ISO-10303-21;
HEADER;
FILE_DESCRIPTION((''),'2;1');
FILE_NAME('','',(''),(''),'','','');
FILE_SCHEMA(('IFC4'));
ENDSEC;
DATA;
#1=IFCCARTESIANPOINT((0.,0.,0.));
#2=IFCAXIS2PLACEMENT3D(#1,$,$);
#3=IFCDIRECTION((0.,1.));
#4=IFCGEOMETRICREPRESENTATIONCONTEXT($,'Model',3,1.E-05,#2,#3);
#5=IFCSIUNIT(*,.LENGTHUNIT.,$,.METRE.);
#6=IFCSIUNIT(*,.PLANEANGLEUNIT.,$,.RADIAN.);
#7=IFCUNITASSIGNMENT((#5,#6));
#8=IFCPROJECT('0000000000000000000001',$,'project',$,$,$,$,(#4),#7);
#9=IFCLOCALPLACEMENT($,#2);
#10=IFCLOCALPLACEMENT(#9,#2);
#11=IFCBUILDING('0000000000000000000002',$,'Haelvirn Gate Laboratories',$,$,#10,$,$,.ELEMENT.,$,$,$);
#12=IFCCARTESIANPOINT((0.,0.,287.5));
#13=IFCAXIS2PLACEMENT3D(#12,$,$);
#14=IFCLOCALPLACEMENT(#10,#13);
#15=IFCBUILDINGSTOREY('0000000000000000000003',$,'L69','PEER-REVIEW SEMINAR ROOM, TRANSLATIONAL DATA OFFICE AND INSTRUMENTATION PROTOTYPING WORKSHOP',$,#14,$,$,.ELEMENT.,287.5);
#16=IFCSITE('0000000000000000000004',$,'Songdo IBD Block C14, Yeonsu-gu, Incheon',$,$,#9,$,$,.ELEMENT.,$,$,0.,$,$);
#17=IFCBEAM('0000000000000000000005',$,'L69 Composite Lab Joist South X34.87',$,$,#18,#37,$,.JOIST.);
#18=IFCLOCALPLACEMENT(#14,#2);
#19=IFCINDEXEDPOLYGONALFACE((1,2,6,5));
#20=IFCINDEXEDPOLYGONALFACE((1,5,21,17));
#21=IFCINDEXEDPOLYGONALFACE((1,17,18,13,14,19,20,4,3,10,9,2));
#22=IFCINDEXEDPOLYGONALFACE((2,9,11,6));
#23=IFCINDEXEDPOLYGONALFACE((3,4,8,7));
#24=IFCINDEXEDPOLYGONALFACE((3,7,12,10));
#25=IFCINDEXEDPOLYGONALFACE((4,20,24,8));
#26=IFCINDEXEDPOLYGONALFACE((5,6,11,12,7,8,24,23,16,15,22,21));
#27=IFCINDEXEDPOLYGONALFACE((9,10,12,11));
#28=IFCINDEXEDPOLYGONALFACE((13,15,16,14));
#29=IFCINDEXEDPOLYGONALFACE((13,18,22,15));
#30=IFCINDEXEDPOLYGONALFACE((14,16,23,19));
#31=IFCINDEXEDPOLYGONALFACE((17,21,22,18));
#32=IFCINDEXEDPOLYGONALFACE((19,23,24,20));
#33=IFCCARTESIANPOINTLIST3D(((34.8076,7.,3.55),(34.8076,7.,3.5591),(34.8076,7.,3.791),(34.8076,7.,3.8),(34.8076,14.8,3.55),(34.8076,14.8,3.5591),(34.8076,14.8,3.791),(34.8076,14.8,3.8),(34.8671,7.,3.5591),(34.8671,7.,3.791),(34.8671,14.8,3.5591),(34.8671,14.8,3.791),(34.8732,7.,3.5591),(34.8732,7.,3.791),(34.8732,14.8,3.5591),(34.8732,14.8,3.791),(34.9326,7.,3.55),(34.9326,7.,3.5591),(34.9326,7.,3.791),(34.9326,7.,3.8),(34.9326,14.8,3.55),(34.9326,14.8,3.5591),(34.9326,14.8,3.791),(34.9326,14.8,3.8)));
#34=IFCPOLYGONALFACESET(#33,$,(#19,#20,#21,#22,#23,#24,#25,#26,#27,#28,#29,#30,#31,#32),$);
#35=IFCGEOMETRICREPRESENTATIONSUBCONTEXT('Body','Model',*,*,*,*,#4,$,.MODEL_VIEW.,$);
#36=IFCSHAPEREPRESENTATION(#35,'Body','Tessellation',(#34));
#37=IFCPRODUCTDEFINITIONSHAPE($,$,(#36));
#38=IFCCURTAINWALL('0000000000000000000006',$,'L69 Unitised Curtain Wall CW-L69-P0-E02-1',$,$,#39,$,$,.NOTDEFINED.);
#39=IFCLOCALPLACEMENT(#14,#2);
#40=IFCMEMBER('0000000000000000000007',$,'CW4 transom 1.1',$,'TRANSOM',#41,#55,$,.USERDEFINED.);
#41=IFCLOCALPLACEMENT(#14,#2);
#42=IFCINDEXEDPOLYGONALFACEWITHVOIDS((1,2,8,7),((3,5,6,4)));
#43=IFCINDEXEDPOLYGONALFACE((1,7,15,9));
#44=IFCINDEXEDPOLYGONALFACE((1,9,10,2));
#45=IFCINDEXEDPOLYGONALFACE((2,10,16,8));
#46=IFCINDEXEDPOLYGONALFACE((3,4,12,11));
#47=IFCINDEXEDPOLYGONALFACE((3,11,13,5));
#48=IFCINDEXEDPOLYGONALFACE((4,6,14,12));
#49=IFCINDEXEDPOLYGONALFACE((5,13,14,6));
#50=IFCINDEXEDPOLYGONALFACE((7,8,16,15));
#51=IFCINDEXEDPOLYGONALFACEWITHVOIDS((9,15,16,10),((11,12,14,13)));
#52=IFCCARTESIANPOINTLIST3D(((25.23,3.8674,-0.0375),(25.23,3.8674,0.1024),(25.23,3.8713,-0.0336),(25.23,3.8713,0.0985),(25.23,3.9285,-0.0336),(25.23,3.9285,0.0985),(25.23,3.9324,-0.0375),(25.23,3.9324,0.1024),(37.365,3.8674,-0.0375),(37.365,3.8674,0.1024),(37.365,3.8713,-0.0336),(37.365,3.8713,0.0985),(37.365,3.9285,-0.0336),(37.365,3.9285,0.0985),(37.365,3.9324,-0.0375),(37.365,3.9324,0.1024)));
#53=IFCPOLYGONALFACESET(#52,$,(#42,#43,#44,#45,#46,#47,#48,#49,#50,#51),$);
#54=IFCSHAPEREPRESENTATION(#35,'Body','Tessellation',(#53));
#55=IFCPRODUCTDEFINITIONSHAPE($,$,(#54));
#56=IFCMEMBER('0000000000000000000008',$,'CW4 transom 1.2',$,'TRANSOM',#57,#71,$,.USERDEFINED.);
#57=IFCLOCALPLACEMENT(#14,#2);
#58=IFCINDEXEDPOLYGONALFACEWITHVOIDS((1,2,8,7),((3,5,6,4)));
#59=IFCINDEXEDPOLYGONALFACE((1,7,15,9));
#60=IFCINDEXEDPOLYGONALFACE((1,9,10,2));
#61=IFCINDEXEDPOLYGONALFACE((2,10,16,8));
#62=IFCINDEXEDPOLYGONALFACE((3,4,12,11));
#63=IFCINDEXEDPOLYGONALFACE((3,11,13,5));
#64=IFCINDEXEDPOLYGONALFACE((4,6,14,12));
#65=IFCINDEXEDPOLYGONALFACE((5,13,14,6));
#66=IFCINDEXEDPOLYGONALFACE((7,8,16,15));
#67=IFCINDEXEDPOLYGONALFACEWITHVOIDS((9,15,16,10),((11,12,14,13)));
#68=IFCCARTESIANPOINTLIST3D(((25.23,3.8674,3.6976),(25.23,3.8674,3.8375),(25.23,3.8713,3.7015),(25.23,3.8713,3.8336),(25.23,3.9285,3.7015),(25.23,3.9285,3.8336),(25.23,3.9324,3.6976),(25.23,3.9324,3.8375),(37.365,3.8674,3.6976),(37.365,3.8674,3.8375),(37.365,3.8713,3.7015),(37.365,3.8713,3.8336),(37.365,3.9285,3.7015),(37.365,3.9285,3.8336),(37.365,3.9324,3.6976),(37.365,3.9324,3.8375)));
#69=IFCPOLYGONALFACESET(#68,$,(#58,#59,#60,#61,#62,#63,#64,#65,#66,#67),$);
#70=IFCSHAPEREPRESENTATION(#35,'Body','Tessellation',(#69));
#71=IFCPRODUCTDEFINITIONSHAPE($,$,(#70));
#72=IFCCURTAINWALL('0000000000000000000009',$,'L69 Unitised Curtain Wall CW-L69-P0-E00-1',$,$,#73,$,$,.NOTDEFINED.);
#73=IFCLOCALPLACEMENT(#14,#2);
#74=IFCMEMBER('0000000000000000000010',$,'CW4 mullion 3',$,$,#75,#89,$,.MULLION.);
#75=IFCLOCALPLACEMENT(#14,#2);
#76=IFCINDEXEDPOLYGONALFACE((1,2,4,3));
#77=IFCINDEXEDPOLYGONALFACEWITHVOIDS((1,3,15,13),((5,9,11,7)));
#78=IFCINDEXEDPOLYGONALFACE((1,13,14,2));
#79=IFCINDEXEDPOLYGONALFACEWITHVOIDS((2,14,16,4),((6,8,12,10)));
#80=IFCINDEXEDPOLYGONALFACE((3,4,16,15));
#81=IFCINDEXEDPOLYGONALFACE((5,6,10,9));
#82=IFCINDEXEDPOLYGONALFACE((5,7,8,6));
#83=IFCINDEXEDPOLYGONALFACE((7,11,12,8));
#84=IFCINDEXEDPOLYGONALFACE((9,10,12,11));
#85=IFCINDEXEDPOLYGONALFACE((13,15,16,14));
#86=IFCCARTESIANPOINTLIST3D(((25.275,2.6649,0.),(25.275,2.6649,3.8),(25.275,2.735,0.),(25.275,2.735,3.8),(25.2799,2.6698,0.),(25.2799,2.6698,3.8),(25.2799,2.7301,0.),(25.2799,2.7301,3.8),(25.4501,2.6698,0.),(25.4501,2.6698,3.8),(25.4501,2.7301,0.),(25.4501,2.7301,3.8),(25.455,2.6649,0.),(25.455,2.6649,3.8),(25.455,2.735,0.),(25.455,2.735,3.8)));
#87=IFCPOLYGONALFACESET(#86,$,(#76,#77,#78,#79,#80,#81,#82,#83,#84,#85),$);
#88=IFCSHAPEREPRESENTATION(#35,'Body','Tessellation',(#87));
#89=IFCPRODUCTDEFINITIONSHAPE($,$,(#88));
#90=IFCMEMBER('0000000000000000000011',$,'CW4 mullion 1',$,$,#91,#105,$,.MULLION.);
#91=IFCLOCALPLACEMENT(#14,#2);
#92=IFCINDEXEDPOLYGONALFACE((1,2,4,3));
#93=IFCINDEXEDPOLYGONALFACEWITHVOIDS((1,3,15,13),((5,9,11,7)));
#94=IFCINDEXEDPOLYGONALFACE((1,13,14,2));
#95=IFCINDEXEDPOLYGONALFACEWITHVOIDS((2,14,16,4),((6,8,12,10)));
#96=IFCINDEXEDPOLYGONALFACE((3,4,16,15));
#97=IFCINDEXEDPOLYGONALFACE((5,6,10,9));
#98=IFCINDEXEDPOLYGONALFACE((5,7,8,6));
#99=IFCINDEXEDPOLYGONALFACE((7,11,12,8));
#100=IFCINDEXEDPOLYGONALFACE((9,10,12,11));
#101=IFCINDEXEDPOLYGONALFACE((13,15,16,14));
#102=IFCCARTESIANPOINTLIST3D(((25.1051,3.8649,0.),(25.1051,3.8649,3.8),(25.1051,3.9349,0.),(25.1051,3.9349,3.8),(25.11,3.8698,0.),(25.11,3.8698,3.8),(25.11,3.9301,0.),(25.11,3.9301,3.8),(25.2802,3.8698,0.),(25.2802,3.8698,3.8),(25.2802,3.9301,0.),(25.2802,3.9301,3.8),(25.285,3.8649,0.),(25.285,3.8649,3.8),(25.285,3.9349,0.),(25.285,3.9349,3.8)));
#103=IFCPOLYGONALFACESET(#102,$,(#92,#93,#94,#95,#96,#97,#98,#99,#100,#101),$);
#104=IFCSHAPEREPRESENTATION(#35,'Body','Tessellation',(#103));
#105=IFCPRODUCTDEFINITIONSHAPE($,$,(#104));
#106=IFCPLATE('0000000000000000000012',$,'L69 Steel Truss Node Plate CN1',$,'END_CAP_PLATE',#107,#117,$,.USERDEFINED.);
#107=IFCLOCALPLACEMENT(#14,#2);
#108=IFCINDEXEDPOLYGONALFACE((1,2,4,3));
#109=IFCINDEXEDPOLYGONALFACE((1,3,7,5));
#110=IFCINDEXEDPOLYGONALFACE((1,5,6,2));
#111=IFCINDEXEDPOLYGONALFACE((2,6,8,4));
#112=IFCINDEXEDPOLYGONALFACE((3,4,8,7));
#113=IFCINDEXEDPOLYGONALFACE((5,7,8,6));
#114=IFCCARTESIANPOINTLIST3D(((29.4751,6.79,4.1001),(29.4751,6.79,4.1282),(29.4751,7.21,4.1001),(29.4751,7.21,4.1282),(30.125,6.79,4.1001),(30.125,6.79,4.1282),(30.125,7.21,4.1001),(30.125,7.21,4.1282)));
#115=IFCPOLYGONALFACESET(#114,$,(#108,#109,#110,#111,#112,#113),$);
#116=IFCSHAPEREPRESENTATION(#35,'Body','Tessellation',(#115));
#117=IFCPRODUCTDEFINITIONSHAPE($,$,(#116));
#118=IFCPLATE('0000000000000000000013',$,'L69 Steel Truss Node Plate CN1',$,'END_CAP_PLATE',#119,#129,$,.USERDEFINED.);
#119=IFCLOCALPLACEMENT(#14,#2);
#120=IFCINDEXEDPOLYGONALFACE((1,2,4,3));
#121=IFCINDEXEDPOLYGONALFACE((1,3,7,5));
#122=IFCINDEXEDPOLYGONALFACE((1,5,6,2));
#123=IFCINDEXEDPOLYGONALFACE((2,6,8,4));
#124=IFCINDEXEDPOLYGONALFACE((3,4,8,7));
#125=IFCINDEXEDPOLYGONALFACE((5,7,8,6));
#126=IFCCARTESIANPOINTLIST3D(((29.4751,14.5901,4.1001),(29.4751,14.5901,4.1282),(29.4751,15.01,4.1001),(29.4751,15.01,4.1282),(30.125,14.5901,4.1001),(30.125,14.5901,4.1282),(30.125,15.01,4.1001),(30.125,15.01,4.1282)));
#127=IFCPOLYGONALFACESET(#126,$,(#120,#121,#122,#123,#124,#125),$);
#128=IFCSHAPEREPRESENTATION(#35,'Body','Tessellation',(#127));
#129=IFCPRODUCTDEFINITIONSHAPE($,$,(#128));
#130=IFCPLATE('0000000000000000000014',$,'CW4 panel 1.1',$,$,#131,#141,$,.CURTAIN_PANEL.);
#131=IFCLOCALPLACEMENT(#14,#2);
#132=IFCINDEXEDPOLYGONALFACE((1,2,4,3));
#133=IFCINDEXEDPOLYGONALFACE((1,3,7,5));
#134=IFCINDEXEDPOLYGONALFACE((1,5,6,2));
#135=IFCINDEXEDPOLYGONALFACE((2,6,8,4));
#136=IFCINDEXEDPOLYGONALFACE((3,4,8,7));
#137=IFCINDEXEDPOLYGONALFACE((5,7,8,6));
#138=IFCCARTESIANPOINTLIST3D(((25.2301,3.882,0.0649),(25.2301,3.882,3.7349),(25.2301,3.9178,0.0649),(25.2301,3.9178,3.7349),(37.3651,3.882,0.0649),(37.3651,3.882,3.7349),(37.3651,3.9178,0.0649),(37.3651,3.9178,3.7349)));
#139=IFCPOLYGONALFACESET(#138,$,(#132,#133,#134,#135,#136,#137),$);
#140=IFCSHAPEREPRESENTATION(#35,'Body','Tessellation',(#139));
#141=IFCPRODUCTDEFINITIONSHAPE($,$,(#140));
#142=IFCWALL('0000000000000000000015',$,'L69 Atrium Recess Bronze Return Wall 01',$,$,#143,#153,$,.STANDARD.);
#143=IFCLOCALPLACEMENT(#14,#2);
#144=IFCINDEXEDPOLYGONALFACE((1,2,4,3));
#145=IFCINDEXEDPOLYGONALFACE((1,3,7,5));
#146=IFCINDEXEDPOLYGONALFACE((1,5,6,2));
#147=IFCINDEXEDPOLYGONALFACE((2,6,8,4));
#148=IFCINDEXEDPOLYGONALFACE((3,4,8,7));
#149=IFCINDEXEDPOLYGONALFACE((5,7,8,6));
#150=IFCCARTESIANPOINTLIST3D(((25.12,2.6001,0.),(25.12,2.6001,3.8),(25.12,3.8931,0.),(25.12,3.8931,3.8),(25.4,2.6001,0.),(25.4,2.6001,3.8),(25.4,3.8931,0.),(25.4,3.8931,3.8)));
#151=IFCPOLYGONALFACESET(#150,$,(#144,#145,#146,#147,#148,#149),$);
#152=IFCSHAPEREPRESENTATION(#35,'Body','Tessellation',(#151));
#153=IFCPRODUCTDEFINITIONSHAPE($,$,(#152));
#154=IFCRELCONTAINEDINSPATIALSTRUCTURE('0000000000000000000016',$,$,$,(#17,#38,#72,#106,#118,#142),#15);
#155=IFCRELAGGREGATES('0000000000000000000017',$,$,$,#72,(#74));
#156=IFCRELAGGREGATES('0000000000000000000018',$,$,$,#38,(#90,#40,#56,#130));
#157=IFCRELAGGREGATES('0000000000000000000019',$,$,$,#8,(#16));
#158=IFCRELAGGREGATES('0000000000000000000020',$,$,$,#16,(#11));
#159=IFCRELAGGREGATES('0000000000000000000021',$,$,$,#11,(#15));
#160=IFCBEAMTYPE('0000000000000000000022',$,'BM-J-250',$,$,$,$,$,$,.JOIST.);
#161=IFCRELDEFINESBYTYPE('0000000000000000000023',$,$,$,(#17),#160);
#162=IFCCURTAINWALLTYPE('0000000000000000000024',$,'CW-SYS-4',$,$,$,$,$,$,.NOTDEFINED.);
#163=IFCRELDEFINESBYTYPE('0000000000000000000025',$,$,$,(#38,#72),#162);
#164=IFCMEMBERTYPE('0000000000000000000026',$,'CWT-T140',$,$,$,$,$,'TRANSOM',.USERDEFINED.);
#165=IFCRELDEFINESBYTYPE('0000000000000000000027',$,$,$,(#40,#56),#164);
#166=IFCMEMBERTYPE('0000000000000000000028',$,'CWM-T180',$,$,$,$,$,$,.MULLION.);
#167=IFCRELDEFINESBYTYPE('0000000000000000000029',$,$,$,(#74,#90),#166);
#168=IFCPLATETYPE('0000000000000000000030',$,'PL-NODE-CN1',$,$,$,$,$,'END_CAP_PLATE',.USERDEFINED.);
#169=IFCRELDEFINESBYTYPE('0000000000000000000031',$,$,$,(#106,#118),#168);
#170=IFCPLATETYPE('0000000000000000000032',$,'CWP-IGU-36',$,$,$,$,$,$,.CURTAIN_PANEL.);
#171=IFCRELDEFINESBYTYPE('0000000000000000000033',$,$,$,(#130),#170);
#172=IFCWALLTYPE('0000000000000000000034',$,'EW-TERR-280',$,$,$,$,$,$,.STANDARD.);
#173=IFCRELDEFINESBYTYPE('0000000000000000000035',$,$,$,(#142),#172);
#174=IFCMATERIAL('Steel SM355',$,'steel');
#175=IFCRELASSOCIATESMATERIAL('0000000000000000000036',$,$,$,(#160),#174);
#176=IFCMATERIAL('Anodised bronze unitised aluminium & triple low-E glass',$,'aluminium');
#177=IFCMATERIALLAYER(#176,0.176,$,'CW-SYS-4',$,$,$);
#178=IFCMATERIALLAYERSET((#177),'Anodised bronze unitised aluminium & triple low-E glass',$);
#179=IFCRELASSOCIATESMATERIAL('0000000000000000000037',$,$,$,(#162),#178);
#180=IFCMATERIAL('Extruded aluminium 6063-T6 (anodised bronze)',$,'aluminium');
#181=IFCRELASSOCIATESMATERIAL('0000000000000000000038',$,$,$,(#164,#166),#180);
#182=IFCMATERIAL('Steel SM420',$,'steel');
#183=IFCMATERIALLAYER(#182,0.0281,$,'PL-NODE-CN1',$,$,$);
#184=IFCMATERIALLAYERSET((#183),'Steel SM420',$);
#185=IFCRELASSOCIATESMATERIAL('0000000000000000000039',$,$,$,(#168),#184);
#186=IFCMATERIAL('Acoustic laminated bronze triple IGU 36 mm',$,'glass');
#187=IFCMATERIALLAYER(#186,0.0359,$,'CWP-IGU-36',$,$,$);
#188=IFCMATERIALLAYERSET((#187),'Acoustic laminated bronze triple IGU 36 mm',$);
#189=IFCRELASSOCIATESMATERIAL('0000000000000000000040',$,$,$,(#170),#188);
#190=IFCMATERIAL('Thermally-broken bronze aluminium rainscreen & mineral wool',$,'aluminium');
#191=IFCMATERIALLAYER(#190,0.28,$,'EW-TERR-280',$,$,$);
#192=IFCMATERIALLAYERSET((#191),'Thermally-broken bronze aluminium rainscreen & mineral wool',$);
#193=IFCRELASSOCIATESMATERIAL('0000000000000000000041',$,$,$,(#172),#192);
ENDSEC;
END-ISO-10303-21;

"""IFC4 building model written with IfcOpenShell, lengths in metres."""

from ifc_helpers import new_model, si_unit, direction, frame, frame_2d, origin, origin_2d, place, context, subcontext, project, spatial, rectangle, hollow_rectangle, i_section, extrude, source, transform, mapped, material, layer, layer_set, material_profile, profile_set, type_object, type_shapes, element, aggregate, save


model = new_model("IFC4")

# Units and contexts
model_context = context("Model", 3, precision=1e-05, world=origin(), true_north=direction((0.0, 1.0)))
body_context = subcontext(model_context, "Body", "Model", "MODEL_VIEW")
ifc_project = project(units=[si_unit("LENGTHUNIT", "METRE"), si_unit("PLANEANGLEUNIT", "RADIAN")], contexts=[model_context])

# Site, building, storey
site_placement = place(None, origin())
site = spatial("IfcSite", under=ifc_project, at=site_placement, Name="Songdo IBD Block C14, Yeonsu-gu, Incheon", CompositionType="ELEMENT", RefElevation=0.0)
building_placement = place(site_placement, origin())
building = spatial("IfcBuilding", under=site, at=building_placement, Name="Haelvirn Gate Laboratories", CompositionType="ELEMENT")
storey_placement = place(building_placement, frame((0.0, 0.0, 287.5)))
storey = spatial("IfcBuildingStorey", under=building, at=storey_placement, Name="L69", Description="PEER-REVIEW SEMINAR ROOM, TRANSLATIONAL DATA OFFICE AND INSTRUMENTATION PROTOTYPING WORKSHOP", CompositionType="ELEMENT", Elevation=287.5)

# Shared definitions
ifc_material_1 = material(Name="Steel SM355", Category="steel")

# Beam
ifc_material_profile_1 = material_profile(ifc_material_1, i_section(OverallWidth=0.125, OverallDepth=0.25, WebThickness=0.0061, FlangeThickness=0.009, at=origin_2d()), Name="H-250x125x6x9")
ifc_profile_set_1 = profile_set([ifc_material_profile_1], Name="Steel SM355")
beam_type_1 = type_object("IfcBeamType", Name="BM-J-250", PredefinedType="JOIST", material=ifc_profile_set_1)
shared_shape_1 = source(origin(), body_context, "Body", "SweptSolid", [
    extrude(i_section(OverallWidth=0.125, OverallDepth=0.25, WebThickness=0.0061, FlangeThickness=0.009, at=origin_2d()), origin(), (0.0, 0.0, 1.0), 7.8),
])
type_shapes(beam_type_1, [shared_shape_1])
for number, where, z_axis, x_axis, name in (
    (1, (34.8701, 7.0, 3.675), (0.0, 1.0, 0.0), (-1.0, 0.0, 0.0), "L69 Composite Lab Joist South X34.87"),
):
    element("IfcBeam", number, at=place(storey_placement, frame(where, z_axis=z_axis, x_axis=x_axis)), inside=storey, type_object=beam_type_1, Name=name, PredefinedType="JOIST", context=body_context, shape_type="MappedRepresentation", body=[
        mapped(shared_shape_1, transform((0.0, 0.0, 0.0), scale=1.0)),
    ])

# Curtain wall, members
ifc_material_2 = material(Name="Anodised bronze unitised aluminium & triple low-E glass", Category="aluminium")
ifc_layer_1 = layer(ifc_material_2, 0.176, Name="CW-SYS-4")
ifc_layer_set_1 = layer_set([ifc_layer_1], Name="Anodised bronze unitised aluminium & triple low-E glass")
curtain_wall_type = type_object("IfcCurtainWallType", Name="CW-SYS-4", PredefinedType="NOTDEFINED", material=ifc_layer_set_1)
curtain_wall_1_placement = place(storey_placement, origin())
curtain_wall_1 = element("IfcCurtainWall", 2, at=curtain_wall_1_placement, inside=storey, type_object=curtain_wall_type, Name="L69 Unitised Curtain Wall CW-L69-P0-E02-1", PredefinedType="NOTDEFINED")
ifc_material_3 = material(Name="Extruded aluminium 6063-T6 (anodised bronze)", Category="aluminium")
ifc_material_profile_2 = material_profile(ifc_material_3, hollow_rectangle(XDim=0.0649, YDim=0.1399, WallThickness=0.0039, at=origin_2d()), Name="CWT-140x65x4")
ifc_profile_set_2 = profile_set([ifc_material_profile_2], Name="Extruded aluminium 6063-T6 (anodised bronze)")
member_type_1 = type_object("IfcMemberType", Name="CWT-T140", ElementType="TRANSOM", PredefinedType="USERDEFINED", material=ifc_profile_set_2)
shared_shape_2 = source(origin(), body_context, "Body", "SweptSolid", [
    extrude(hollow_rectangle(XDim=0.0649, YDim=0.1399, WallThickness=0.0039, at=origin_2d()), origin(), (0.0, 0.0, 1.0), 12.135),
])
type_shapes(member_type_1, [shared_shape_2])
member_1_placement = place(storey_placement, frame((25.23, 3.8999, 0.0325), z_axis=(1.0, 0.0, 0.0), x_axis=(0.0, 1.0, 0.0)))
member_1 = element("IfcMember", 3, at=member_1_placement, type_object=member_type_1, Name="CW4 transom 1.1", ObjectType="TRANSOM", PredefinedType="USERDEFINED", context=body_context, shape_type="MappedRepresentation", body=[
    mapped(shared_shape_2, transform((0.0, 0.0, 0.0), scale=1.0)),
])
member_2_placement = place(storey_placement, frame((25.23, 3.8999, 3.7676), z_axis=(1.0, 0.0, 0.0), x_axis=(0.0, 1.0, 0.0)))
member_2 = element("IfcMember", 4, at=member_2_placement, type_object=member_type_1, Name="CW4 transom 1.2", ObjectType="TRANSOM", PredefinedType="USERDEFINED", context=body_context, shape_type="MappedRepresentation", body=[
    mapped(shared_shape_2, transform((0.0, 0.0, 0.0), scale=1.0)),
])

# Curtain wall, member
curtain_wall_2_placement = place(storey_placement, origin())
curtain_wall_2 = element("IfcCurtainWall", 5, at=curtain_wall_2_placement, inside=storey, type_object=curtain_wall_type, Name="L69 Unitised Curtain Wall CW-L69-P0-E00-1", PredefinedType="NOTDEFINED")
ifc_material_profile_3 = material_profile(ifc_material_3, hollow_rectangle(XDim=0.0701, YDim=0.1799, WallThickness=0.0049, at=origin_2d()), Name="CWM-180x70x5")
ifc_profile_set_3 = profile_set([ifc_material_profile_3], Name="Extruded aluminium 6063-T6 (anodised bronze)")
member_type_2 = type_object("IfcMemberType", Name="CWM-T180", PredefinedType="MULLION", material=ifc_profile_set_3)
shared_shape_3 = source(origin(), body_context, "Body", "SweptSolid", [
    extrude(hollow_rectangle(XDim=0.0701, YDim=0.1799, WallThickness=0.0049, at=origin_2d()), origin(), (0.0, 0.0, 1.0), 3.8),
])
type_shapes(member_type_2, [shared_shape_3])
member_3_placement = place(storey_placement, frame((25.365, 2.7, 0.0), z_axis=(0.0, 0.0, 1.0), x_axis=(0.0, 1.0, 0.0)))
member_3 = element("IfcMember", 6, at=member_3_placement, type_object=member_type_2, Name="CW4 mullion 3", PredefinedType="MULLION", context=body_context, shape_type="MappedRepresentation", body=[
    mapped(shared_shape_3, transform((0.0, 0.0, 0.0), scale=1.0)),
])
aggregate(curtain_wall_2, [member_3])

# Member
member_4_placement = place(storey_placement, frame((25.1951, 3.8999, 0.0), z_axis=(0.0, 0.0, 1.0), x_axis=(0.0, 1.0, 0.0)))
member_4 = element("IfcMember", 7, at=member_4_placement, type_object=member_type_2, Name="CW4 mullion 1", PredefinedType="MULLION", context=body_context, shape_type="MappedRepresentation", body=[
    mapped(shared_shape_3, transform((0.0, 0.0, 0.0), scale=1.0)),
])

# Plates
ifc_material_4 = material(Name="Steel SM420", Category="steel")
ifc_layer_2 = layer(ifc_material_4, 0.0281, Name="PL-NODE-CN1")
ifc_layer_set_2 = layer_set([ifc_layer_2], Name="Steel SM420")
plate_type_1 = type_object("IfcPlateType", Name="PL-NODE-CN1", ElementType="END_CAP_PLATE", PredefinedType="USERDEFINED", material=ifc_layer_set_2)
shared_shape_4 = source(origin(), body_context, "Body", "SweptSolid", [
    extrude(rectangle(XDim=0.6499, YDim=0.4199, at=origin_2d()), origin(), (0.0, 0.0, 1.0), 0.0281),
])
type_shapes(plate_type_1, [shared_shape_4])
for number, where, z_axis, x_axis, name in (
    (8, (29.8, 7.0, 4.1001), (0.0, 0.0, 1.0), (1.0, 0.0, 0.0), "L69 Steel Truss Node Plate CN1"),
    (9, (29.8, 14.8, 4.1001), (0.0, 0.0, 1.0), (1.0, 0.0, 0.0), "L69 Steel Truss Node Plate CN1"),
):
    element("IfcPlate", number, at=place(storey_placement, frame(where, z_axis=z_axis, x_axis=x_axis)), inside=storey, type_object=plate_type_1, Name=name, ObjectType="END_CAP_PLATE", PredefinedType="USERDEFINED", context=body_context, shape_type="MappedRepresentation", body=[
        mapped(shared_shape_4, transform((0.0, 0.0, 0.0), scale=1.0)),
    ])

# Plate
ifc_material_5 = material(Name="Acoustic laminated bronze triple IGU 36 mm", Category="glass")
ifc_layer_3 = layer(ifc_material_5, 0.0359, Name="CWP-IGU-36")
ifc_layer_set_3 = layer_set([ifc_layer_3], Name="Acoustic laminated bronze triple IGU 36 mm")
plate_type_2 = type_object("IfcPlateType", Name="CWP-IGU-36", PredefinedType="CURTAIN_PANEL", material=ifc_layer_set_3)
shared_shape_5 = source(origin(), body_context, "Body", "SweptSolid", [
    extrude(rectangle(XDim=12.135, YDim=0.0359, at=origin_2d()), origin(), (0.0, 0.0, 1.0), 3.6699),
])
type_shapes(plate_type_2, [shared_shape_5])
plate_placement = place(storey_placement, frame((31.2976, 3.8999, 0.0649), z_axis=(0.0, 0.0, 1.0), x_axis=(1.0, 0.0, 0.0)))
plate = element("IfcPlate", 10, at=plate_placement, type_object=plate_type_2, Name="CW4 panel 1.1", PredefinedType="CURTAIN_PANEL", context=body_context, shape_type="MappedRepresentation", body=[
    mapped(shared_shape_5, transform((0.0, 0.0, 0.0), scale=1.0)),
])
aggregate(curtain_wall_1, [member_4, member_1, member_2, plate])

# Wall
ifc_material_6 = material(Name="Thermally-broken bronze aluminium rainscreen & mineral wool", Category="aluminium")
ifc_layer_4 = layer(ifc_material_6, 0.28, Name="EW-TERR-280")
ifc_layer_set_4 = layer_set([ifc_layer_4], Name="Thermally-broken bronze aluminium rainscreen & mineral wool")
wall_type_1 = type_object("IfcWallType", Name="EW-TERR-280", PredefinedType="STANDARD", material=ifc_layer_set_4)
wall_1_placement = place(storey_placement, frame((25.26, 2.6001, 0.0), z_axis=(0.0, 0.0, 1.0), x_axis=(0.0, 1.0, 0.0)))
element("IfcWall", 11, at=wall_1_placement, inside=storey, type_object=wall_type_1, Name="L69 Atrium Recess Bronze Return Wall 01", PredefinedType="STANDARD", context=body_context, shape_type="SweptSolid", body=[
    extrude(rectangle(XDim=1.293, YDim=0.28, at=frame_2d((0.6465, 0.0))), origin(), (0.0, 0.0, 1.0), 3.8),
])

save(model, "model.ifc")
